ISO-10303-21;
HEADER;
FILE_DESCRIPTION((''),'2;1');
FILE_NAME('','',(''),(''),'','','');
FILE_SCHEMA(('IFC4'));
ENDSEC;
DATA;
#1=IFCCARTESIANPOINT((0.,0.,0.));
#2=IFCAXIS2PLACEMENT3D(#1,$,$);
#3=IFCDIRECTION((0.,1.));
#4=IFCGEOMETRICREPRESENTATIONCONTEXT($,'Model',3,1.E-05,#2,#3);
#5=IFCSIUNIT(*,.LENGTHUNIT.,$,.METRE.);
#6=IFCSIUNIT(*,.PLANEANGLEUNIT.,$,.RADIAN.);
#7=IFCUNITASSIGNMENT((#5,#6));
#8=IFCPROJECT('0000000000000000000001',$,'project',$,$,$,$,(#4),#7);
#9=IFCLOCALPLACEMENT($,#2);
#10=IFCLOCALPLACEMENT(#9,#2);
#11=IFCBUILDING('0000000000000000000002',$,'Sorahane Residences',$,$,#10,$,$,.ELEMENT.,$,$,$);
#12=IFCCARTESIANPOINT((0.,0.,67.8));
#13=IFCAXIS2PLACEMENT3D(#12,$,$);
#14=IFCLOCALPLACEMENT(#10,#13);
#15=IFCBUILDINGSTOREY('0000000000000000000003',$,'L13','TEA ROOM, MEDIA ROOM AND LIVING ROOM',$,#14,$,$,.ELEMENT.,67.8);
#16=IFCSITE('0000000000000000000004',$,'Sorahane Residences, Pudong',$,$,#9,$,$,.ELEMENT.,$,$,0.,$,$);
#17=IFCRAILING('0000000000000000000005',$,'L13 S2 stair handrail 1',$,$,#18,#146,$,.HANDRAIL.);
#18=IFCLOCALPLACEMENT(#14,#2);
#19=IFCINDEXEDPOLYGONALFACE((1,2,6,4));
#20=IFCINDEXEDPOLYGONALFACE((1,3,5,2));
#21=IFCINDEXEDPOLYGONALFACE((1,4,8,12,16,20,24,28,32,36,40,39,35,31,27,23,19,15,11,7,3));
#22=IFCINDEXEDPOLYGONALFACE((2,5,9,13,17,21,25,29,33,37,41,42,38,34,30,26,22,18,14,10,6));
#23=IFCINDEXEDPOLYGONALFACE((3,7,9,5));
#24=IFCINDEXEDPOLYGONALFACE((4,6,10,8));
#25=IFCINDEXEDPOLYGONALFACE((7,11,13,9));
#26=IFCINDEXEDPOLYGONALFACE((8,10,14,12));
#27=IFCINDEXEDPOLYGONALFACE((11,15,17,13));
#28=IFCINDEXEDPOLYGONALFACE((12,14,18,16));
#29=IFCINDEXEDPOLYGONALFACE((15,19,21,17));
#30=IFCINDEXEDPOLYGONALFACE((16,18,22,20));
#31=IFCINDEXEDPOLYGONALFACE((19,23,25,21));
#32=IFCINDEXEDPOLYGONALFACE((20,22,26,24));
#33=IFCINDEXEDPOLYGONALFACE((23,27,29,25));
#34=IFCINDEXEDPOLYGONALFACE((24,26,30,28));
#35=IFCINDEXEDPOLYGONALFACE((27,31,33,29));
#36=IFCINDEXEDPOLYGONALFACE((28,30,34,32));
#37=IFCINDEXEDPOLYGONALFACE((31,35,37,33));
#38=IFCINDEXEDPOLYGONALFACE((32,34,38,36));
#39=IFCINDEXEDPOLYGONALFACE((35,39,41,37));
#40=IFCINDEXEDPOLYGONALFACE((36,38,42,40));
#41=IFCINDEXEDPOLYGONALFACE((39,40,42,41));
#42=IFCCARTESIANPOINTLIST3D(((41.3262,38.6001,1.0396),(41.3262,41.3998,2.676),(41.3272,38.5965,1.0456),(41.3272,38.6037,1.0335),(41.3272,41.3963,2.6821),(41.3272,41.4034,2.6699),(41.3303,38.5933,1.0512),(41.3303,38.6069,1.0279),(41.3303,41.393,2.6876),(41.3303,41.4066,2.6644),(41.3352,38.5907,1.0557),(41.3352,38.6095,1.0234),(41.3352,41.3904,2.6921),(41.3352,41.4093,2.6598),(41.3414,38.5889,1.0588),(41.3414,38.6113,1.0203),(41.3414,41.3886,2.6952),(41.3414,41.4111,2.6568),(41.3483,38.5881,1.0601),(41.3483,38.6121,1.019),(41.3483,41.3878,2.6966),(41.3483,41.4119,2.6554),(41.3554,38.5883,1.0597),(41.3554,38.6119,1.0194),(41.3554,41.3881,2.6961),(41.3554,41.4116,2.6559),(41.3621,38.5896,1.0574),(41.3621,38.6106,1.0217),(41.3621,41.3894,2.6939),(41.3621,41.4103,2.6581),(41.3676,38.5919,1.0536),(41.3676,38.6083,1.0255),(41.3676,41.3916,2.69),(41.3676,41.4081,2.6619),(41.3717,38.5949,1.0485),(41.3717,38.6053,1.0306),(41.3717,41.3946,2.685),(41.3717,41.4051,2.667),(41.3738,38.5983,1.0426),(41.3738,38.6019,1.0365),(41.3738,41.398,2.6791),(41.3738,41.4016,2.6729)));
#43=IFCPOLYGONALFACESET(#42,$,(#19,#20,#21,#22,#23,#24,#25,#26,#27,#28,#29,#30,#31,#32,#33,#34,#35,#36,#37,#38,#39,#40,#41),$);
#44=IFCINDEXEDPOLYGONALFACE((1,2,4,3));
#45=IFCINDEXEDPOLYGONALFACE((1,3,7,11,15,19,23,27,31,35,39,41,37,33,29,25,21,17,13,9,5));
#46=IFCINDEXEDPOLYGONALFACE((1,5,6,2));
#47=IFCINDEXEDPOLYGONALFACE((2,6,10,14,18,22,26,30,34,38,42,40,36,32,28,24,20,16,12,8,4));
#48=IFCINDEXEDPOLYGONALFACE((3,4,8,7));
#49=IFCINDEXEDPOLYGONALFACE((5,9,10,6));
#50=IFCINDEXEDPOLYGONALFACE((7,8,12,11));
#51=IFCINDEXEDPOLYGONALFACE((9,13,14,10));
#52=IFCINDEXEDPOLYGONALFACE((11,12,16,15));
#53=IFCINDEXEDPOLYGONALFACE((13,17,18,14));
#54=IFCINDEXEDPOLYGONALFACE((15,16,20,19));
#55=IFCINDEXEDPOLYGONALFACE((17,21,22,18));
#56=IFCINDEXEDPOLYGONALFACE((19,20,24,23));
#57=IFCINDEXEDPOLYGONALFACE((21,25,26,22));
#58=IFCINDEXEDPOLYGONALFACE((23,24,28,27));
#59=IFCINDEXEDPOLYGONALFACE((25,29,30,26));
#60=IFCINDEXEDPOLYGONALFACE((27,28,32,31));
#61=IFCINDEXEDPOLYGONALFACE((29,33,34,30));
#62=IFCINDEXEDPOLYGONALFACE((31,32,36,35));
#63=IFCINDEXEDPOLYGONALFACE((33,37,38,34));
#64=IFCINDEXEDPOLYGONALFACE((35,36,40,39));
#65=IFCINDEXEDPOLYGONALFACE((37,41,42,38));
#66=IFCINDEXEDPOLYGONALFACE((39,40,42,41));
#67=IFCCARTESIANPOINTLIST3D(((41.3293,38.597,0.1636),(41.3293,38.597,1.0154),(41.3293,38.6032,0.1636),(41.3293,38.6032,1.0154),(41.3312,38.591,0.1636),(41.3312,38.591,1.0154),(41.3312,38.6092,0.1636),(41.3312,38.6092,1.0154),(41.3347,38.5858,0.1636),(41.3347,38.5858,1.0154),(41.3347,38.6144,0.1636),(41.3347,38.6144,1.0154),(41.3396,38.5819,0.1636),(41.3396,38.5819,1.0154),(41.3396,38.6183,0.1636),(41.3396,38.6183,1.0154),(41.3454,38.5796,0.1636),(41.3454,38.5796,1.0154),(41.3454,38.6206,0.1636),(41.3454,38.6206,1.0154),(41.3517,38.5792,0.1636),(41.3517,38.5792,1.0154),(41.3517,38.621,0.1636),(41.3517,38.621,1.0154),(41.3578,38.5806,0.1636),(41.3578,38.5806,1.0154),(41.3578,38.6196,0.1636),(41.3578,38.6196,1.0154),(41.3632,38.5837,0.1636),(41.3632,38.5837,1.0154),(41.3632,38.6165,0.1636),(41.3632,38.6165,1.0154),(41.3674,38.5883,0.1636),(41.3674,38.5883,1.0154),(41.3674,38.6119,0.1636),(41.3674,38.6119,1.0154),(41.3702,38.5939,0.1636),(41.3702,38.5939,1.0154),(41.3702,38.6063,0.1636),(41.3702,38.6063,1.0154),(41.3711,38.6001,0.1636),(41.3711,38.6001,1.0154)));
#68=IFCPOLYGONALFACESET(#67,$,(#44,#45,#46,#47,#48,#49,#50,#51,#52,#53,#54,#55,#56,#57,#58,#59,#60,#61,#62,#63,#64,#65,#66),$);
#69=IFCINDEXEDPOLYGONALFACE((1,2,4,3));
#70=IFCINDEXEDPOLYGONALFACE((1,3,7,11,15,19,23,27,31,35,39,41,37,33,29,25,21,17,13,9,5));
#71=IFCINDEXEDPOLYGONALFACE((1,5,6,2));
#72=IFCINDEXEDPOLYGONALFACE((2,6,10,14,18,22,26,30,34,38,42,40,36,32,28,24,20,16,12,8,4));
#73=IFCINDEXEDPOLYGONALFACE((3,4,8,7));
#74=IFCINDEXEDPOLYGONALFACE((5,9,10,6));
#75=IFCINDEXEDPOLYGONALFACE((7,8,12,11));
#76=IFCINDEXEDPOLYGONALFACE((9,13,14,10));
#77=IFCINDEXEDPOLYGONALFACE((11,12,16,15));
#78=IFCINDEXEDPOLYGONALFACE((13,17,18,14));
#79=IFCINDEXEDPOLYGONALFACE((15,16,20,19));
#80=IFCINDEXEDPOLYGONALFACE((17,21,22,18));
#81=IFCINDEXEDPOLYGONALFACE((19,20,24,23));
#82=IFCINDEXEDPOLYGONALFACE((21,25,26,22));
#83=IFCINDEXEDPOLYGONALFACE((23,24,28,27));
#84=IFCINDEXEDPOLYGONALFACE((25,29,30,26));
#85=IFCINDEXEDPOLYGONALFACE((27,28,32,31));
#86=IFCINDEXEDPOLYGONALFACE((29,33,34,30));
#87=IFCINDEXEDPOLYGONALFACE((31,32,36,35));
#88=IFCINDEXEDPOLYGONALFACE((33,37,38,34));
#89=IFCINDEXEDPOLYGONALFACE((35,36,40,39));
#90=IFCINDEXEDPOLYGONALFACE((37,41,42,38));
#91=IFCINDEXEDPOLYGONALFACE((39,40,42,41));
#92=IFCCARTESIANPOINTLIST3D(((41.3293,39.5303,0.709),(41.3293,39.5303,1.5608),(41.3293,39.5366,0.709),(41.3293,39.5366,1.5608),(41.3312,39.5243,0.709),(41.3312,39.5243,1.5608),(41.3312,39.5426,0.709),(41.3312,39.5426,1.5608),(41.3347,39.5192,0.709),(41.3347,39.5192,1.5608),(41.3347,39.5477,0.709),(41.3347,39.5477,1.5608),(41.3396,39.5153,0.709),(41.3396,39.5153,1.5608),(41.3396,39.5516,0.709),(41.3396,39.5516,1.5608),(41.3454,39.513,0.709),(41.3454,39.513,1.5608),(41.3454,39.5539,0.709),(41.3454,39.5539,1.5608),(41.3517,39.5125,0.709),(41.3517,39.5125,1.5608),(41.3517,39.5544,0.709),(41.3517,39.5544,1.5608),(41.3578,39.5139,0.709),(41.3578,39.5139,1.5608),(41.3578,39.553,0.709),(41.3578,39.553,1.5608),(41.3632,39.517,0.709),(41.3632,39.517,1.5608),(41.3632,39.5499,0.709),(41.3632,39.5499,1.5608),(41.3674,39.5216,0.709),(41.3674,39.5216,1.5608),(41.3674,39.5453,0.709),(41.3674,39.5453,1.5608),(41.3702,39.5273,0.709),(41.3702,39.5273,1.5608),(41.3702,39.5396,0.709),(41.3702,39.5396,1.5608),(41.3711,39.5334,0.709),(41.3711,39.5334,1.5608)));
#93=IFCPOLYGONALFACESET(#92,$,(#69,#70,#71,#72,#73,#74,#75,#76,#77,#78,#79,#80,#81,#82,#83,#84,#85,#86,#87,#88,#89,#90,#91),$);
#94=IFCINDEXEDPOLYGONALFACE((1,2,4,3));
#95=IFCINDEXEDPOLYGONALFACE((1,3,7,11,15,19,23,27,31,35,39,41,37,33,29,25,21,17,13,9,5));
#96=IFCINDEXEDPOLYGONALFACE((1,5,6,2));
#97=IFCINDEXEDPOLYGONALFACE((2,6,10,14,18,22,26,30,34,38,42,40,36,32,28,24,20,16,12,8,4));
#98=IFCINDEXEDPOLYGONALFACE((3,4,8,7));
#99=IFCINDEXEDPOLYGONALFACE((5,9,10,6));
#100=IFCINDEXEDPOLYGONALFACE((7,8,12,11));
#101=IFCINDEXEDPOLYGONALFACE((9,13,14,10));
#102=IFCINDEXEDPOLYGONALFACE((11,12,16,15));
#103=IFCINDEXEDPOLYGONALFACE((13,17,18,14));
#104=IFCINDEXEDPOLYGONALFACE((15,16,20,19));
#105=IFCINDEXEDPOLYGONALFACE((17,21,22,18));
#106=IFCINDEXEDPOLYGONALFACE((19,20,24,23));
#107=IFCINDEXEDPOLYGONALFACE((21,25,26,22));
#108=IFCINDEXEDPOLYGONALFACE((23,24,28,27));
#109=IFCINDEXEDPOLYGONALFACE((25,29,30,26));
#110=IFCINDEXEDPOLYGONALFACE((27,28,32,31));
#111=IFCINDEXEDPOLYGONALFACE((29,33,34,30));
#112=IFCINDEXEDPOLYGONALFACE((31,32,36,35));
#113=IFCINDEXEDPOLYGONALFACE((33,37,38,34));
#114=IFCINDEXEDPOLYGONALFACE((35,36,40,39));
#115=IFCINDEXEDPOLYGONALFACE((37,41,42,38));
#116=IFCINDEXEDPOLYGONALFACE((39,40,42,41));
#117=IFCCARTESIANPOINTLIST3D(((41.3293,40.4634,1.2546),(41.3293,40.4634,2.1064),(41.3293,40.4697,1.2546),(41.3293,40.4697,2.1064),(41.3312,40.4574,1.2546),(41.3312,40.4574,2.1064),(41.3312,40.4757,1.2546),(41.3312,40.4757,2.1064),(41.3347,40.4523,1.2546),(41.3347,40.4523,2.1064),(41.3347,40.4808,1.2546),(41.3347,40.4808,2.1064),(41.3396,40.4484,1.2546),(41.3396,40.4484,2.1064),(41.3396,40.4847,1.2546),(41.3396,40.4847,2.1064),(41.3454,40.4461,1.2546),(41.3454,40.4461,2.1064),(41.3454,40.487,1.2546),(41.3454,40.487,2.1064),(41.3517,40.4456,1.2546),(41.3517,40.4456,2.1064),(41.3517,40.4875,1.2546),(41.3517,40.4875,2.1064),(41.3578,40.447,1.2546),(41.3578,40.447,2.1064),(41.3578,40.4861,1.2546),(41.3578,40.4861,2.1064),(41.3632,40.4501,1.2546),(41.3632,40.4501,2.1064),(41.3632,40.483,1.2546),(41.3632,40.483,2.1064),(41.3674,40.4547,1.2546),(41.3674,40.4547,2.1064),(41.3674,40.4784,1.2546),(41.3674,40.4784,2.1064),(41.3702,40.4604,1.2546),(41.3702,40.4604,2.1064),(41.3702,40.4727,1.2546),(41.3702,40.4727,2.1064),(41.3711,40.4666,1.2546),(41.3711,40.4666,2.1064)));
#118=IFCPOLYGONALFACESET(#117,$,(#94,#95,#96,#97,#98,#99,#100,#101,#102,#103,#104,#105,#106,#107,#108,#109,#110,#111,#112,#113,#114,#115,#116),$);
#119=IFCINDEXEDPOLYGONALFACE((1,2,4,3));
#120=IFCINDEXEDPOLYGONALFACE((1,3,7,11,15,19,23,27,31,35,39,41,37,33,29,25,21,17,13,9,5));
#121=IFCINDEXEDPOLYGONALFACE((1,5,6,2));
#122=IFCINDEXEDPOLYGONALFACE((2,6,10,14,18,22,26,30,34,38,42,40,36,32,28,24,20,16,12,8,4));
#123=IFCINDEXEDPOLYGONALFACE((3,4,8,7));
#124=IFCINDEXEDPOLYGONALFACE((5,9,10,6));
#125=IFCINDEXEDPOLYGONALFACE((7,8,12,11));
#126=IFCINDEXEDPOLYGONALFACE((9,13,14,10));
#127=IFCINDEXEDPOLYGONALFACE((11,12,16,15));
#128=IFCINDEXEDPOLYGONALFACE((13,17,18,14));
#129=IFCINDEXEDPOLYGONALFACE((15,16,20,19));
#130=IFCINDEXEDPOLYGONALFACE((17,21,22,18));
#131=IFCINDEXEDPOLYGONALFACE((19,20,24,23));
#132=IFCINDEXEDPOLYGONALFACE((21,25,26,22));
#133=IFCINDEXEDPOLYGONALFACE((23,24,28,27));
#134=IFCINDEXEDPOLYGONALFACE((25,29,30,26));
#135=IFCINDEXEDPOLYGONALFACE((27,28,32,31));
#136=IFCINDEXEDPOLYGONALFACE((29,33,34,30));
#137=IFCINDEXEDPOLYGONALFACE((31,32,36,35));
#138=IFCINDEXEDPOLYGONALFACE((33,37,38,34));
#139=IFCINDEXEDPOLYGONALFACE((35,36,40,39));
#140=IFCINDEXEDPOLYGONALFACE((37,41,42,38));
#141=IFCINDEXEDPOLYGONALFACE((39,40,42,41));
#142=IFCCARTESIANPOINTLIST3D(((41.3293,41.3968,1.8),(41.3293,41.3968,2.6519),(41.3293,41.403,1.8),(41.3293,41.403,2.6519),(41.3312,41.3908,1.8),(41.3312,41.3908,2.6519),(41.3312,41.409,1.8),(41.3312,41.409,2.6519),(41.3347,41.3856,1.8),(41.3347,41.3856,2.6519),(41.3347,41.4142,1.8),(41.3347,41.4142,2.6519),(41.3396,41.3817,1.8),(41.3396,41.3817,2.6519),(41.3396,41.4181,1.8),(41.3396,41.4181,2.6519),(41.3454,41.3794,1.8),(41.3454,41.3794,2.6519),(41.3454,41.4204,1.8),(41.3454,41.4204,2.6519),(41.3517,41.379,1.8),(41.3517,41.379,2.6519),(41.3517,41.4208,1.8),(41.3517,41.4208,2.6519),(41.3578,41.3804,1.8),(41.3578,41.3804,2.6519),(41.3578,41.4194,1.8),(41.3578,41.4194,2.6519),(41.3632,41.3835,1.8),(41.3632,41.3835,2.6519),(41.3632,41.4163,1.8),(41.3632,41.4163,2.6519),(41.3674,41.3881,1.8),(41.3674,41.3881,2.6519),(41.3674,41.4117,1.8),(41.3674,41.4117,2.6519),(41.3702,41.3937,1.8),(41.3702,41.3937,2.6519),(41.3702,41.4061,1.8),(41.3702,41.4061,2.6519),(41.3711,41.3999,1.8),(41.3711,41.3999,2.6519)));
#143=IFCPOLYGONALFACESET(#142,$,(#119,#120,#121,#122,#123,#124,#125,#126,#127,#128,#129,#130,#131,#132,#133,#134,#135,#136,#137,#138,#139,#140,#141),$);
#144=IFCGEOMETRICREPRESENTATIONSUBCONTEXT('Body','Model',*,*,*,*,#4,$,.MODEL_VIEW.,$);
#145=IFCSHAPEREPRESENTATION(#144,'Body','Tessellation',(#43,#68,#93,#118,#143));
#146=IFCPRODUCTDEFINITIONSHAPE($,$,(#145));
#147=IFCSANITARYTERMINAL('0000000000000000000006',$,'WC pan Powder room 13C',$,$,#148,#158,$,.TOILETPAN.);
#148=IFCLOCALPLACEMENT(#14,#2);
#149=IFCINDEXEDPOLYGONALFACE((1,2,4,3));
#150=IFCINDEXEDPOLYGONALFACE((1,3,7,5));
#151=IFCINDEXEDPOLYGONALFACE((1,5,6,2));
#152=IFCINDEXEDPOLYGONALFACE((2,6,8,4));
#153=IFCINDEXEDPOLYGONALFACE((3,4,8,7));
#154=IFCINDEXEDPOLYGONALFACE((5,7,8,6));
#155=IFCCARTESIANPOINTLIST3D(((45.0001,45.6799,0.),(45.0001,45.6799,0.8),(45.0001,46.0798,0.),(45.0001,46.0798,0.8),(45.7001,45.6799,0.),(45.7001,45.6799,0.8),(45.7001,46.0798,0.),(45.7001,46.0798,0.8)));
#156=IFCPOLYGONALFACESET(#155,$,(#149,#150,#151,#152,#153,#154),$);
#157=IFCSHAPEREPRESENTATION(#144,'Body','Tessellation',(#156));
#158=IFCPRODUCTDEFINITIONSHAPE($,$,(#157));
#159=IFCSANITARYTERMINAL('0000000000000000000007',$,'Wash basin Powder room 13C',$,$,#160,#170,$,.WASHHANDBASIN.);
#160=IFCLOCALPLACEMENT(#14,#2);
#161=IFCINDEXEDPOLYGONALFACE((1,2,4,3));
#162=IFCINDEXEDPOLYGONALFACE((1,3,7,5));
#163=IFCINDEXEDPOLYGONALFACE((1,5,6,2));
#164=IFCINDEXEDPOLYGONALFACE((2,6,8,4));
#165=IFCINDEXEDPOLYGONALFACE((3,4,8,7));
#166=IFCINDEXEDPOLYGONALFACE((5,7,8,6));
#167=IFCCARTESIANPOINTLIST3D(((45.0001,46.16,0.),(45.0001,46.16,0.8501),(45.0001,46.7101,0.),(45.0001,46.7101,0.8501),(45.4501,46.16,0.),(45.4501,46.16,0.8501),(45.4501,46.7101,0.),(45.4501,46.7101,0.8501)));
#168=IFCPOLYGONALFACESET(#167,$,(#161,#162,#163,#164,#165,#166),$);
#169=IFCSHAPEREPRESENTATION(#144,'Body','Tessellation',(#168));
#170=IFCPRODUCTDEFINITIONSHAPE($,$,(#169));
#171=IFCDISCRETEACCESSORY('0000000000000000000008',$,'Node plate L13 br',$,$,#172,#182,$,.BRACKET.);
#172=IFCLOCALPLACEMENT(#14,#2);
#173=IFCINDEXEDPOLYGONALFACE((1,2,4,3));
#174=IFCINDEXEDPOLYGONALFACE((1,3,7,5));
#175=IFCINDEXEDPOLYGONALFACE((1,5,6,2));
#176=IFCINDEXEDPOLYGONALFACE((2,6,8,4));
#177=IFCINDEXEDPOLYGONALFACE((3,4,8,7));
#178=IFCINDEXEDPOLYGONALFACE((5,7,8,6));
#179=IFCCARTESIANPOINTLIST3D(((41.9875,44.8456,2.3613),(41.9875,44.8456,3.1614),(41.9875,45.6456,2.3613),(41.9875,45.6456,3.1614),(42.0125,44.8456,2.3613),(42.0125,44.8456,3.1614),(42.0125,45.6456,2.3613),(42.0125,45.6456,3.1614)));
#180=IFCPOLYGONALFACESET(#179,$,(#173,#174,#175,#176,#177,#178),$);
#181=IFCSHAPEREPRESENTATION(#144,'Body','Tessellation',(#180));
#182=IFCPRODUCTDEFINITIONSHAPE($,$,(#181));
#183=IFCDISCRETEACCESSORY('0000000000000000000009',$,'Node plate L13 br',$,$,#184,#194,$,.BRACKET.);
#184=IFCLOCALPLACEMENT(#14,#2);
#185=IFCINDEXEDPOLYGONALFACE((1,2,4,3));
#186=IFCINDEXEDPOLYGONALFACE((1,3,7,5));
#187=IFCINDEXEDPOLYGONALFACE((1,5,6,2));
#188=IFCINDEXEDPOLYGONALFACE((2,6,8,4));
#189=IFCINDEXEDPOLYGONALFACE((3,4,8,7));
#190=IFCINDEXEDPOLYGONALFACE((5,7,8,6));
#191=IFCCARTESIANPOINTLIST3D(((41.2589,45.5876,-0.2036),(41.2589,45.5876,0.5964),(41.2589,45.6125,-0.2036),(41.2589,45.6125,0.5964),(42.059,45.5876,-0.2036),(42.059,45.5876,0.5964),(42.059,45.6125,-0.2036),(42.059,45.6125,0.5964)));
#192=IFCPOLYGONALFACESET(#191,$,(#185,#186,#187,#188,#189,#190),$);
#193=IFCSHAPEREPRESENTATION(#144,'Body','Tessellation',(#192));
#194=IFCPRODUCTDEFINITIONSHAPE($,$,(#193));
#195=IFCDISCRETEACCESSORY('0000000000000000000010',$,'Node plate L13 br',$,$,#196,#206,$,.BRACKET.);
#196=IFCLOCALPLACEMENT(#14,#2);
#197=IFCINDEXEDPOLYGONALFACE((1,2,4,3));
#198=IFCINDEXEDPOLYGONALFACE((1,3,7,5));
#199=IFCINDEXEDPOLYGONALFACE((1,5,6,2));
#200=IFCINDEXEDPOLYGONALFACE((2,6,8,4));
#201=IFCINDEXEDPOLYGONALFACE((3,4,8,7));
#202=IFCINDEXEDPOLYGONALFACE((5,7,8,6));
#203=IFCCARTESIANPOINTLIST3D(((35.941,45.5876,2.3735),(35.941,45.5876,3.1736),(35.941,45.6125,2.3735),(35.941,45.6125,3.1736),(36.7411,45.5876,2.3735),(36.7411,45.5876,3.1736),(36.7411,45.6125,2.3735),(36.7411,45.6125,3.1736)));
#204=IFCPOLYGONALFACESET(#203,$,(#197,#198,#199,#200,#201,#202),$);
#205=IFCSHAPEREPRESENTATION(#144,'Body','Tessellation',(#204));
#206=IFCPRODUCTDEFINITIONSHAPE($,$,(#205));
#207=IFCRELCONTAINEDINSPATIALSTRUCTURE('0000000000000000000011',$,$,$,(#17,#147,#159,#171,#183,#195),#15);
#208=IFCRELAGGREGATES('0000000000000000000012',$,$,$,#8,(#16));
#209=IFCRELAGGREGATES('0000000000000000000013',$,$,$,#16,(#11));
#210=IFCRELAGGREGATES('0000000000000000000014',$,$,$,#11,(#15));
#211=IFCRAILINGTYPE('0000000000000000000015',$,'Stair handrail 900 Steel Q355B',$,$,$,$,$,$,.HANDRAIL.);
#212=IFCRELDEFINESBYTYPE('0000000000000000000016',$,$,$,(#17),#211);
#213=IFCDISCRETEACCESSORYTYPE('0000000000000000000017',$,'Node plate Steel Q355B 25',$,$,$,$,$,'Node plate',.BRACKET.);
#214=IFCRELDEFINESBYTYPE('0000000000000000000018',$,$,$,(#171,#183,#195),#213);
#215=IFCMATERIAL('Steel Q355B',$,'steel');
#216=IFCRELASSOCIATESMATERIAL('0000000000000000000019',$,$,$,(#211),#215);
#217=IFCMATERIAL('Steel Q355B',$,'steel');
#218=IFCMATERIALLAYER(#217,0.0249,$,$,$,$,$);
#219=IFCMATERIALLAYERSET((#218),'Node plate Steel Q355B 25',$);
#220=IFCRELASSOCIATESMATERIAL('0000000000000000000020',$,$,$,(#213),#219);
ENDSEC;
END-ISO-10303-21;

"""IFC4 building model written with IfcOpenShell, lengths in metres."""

from ifc_helpers import new_model, si_unit, direction, frame, origin, origin_2d, place, context, subcontext, project, spatial, rectangle, circle, extrude, material, layer, layer_set, type_object, element, save


model = new_model("IFC4")

# Units and contexts
model_context = context("Model", 3, precision=1e-05, world=origin(), true_north=direction((0.0, 1.0)))
body_context = subcontext(model_context, "Body", "Model", "MODEL_VIEW")
ifc_project = project(units=[si_unit("LENGTHUNIT", "METRE"), si_unit("PLANEANGLEUNIT", "RADIAN")], contexts=[model_context])

# Site, building, storey
site_placement = place(None, origin())
site = spatial("IfcSite", under=ifc_project, at=site_placement, Name="Sorahane Residences, Pudong", CompositionType="ELEMENT", RefElevation=0.0)
building_placement = place(site_placement, origin())
building = spatial("IfcBuilding", under=site, at=building_placement, Name="Sorahane Residences", CompositionType="ELEMENT")
storey_placement = place(building_placement, frame((0.0, 0.0, 67.8)))
storey = spatial("IfcBuildingStorey", under=building, at=storey_placement, Name="L13", Description="TEA ROOM, MEDIA ROOM AND LIVING ROOM", CompositionType="ELEMENT", Elevation=67.8)

# Railing
ifc_material_1 = material(Name="Steel Q355B", Category="steel")
railing_type = type_object("IfcRailingType", Name="Stair handrail 900 Steel Q355B", PredefinedType="HANDRAIL", material=ifc_material_1)
railing_placement = place(storey_placement, frame((41.3501, 38.6001, 0.1636)))
element("IfcRailing", 1, at=railing_placement, inside=storey, type_object=railing_type, Name="L13 S2 stair handrail 1", PredefinedType="HANDRAIL", context=body_context, shape_type="SweptSolid", body=[
    extrude(circle(Radius=0.0239, at=origin_2d()), frame((0.0, 0.0, 0.876), z_axis=(0.0, 0.863342, 0.50462), x_axis=(-1.0, 0.0, 0.0)), (0.0, 0.0, 1.0), 3.2429),
    extrude(circle(Radius=0.021, at=origin_2d()), origin(), (0.0, 0.0, 1.0), 0.8518),
    extrude(circle(Radius=0.021, at=origin_2d()), frame((0.0, 0.9333, 0.5454)), (0.0, 0.0, 1.0), 0.8518),
    extrude(circle(Radius=0.021, at=origin_2d()), frame((0.0, 1.8665, 1.0911)), (0.0, 0.0, 1.0), 0.8518),
    extrude(circle(Radius=0.021, at=origin_2d()), frame((0.0, 2.7998, 1.6365)), (0.0, 0.0, 1.0), 0.8518),
])

# Sanitary terminals
sanitary_terminal_1_placement = place(storey_placement, frame((45.3501, 45.8799, 0.0), z_axis=(0.0, 0.0, 1.0), x_axis=(0.0, 1.0, 0.0)))
element("IfcSanitaryTerminal", 2, at=sanitary_terminal_1_placement, inside=storey, Name="WC pan Powder room 13C", PredefinedType="TOILETPAN", context=body_context, shape_type="SweptSolid", body=[
    extrude(rectangle(XDim=0.3999, YDim=0.7, at=origin_2d()), origin(), (0.0, 0.0, 1.0), 0.8),
])
sanitary_terminal_2_placement = place(storey_placement, frame((45.2251, 46.4351, 0.0), z_axis=(0.0, 0.0, 1.0), x_axis=(0.0, 1.0, 0.0)))
element("IfcSanitaryTerminal", 3, at=sanitary_terminal_2_placement, inside=storey, Name="Wash basin Powder room 13C", PredefinedType="WASHHANDBASIN", context=body_context, shape_type="SweptSolid", body=[
    extrude(rectangle(XDim=0.55, YDim=0.45, at=origin_2d()), origin(), (0.0, 0.0, 1.0), 0.8501),
])

# Discrete accessories
ifc_material_2 = material(Name="Steel Q355B", Category="steel")
ifc_layer_1 = layer(ifc_material_2, 0.0249)
ifc_layer_set_1 = layer_set([ifc_layer_1], Name="Node plate Steel Q355B 25")
discrete_accessory_type = type_object("IfcDiscreteAccessoryType", Name="Node plate Steel Q355B 25", ElementType="Node plate", PredefinedType="BRACKET", material=ifc_layer_set_1)
for number, where, z_axis, x_axis, name in (
    (4, (42.0, 45.2456, 2.3613), (0.0, 0.0, 1.0), (0.0, 1.0, 0.0), "Node plate L13 br"),
    (5, (41.6589, 45.6001, -0.2036), (0.0, 0.0, 1.0), (1.0, 0.0, 0.0), "Node plate L13 br"),
    (6, (36.3411, 45.6001, 2.3735), (0.0, 0.0, 1.0), (1.0, 0.0, 0.0), "Node plate L13 br"),
):
    element("IfcDiscreteAccessory", number, at=place(storey_placement, frame(where, z_axis=z_axis, x_axis=x_axis)), inside=storey, type_object=discrete_accessory_type, Name=name, PredefinedType="BRACKET", context=body_context, shape_type="SweptSolid", body=[
        extrude(rectangle(XDim=0.8, YDim=0.0249, at=origin_2d()), origin(), (0.0, 0.0, 1.0), 0.8),
    ])

save(model, "model.ifc")
